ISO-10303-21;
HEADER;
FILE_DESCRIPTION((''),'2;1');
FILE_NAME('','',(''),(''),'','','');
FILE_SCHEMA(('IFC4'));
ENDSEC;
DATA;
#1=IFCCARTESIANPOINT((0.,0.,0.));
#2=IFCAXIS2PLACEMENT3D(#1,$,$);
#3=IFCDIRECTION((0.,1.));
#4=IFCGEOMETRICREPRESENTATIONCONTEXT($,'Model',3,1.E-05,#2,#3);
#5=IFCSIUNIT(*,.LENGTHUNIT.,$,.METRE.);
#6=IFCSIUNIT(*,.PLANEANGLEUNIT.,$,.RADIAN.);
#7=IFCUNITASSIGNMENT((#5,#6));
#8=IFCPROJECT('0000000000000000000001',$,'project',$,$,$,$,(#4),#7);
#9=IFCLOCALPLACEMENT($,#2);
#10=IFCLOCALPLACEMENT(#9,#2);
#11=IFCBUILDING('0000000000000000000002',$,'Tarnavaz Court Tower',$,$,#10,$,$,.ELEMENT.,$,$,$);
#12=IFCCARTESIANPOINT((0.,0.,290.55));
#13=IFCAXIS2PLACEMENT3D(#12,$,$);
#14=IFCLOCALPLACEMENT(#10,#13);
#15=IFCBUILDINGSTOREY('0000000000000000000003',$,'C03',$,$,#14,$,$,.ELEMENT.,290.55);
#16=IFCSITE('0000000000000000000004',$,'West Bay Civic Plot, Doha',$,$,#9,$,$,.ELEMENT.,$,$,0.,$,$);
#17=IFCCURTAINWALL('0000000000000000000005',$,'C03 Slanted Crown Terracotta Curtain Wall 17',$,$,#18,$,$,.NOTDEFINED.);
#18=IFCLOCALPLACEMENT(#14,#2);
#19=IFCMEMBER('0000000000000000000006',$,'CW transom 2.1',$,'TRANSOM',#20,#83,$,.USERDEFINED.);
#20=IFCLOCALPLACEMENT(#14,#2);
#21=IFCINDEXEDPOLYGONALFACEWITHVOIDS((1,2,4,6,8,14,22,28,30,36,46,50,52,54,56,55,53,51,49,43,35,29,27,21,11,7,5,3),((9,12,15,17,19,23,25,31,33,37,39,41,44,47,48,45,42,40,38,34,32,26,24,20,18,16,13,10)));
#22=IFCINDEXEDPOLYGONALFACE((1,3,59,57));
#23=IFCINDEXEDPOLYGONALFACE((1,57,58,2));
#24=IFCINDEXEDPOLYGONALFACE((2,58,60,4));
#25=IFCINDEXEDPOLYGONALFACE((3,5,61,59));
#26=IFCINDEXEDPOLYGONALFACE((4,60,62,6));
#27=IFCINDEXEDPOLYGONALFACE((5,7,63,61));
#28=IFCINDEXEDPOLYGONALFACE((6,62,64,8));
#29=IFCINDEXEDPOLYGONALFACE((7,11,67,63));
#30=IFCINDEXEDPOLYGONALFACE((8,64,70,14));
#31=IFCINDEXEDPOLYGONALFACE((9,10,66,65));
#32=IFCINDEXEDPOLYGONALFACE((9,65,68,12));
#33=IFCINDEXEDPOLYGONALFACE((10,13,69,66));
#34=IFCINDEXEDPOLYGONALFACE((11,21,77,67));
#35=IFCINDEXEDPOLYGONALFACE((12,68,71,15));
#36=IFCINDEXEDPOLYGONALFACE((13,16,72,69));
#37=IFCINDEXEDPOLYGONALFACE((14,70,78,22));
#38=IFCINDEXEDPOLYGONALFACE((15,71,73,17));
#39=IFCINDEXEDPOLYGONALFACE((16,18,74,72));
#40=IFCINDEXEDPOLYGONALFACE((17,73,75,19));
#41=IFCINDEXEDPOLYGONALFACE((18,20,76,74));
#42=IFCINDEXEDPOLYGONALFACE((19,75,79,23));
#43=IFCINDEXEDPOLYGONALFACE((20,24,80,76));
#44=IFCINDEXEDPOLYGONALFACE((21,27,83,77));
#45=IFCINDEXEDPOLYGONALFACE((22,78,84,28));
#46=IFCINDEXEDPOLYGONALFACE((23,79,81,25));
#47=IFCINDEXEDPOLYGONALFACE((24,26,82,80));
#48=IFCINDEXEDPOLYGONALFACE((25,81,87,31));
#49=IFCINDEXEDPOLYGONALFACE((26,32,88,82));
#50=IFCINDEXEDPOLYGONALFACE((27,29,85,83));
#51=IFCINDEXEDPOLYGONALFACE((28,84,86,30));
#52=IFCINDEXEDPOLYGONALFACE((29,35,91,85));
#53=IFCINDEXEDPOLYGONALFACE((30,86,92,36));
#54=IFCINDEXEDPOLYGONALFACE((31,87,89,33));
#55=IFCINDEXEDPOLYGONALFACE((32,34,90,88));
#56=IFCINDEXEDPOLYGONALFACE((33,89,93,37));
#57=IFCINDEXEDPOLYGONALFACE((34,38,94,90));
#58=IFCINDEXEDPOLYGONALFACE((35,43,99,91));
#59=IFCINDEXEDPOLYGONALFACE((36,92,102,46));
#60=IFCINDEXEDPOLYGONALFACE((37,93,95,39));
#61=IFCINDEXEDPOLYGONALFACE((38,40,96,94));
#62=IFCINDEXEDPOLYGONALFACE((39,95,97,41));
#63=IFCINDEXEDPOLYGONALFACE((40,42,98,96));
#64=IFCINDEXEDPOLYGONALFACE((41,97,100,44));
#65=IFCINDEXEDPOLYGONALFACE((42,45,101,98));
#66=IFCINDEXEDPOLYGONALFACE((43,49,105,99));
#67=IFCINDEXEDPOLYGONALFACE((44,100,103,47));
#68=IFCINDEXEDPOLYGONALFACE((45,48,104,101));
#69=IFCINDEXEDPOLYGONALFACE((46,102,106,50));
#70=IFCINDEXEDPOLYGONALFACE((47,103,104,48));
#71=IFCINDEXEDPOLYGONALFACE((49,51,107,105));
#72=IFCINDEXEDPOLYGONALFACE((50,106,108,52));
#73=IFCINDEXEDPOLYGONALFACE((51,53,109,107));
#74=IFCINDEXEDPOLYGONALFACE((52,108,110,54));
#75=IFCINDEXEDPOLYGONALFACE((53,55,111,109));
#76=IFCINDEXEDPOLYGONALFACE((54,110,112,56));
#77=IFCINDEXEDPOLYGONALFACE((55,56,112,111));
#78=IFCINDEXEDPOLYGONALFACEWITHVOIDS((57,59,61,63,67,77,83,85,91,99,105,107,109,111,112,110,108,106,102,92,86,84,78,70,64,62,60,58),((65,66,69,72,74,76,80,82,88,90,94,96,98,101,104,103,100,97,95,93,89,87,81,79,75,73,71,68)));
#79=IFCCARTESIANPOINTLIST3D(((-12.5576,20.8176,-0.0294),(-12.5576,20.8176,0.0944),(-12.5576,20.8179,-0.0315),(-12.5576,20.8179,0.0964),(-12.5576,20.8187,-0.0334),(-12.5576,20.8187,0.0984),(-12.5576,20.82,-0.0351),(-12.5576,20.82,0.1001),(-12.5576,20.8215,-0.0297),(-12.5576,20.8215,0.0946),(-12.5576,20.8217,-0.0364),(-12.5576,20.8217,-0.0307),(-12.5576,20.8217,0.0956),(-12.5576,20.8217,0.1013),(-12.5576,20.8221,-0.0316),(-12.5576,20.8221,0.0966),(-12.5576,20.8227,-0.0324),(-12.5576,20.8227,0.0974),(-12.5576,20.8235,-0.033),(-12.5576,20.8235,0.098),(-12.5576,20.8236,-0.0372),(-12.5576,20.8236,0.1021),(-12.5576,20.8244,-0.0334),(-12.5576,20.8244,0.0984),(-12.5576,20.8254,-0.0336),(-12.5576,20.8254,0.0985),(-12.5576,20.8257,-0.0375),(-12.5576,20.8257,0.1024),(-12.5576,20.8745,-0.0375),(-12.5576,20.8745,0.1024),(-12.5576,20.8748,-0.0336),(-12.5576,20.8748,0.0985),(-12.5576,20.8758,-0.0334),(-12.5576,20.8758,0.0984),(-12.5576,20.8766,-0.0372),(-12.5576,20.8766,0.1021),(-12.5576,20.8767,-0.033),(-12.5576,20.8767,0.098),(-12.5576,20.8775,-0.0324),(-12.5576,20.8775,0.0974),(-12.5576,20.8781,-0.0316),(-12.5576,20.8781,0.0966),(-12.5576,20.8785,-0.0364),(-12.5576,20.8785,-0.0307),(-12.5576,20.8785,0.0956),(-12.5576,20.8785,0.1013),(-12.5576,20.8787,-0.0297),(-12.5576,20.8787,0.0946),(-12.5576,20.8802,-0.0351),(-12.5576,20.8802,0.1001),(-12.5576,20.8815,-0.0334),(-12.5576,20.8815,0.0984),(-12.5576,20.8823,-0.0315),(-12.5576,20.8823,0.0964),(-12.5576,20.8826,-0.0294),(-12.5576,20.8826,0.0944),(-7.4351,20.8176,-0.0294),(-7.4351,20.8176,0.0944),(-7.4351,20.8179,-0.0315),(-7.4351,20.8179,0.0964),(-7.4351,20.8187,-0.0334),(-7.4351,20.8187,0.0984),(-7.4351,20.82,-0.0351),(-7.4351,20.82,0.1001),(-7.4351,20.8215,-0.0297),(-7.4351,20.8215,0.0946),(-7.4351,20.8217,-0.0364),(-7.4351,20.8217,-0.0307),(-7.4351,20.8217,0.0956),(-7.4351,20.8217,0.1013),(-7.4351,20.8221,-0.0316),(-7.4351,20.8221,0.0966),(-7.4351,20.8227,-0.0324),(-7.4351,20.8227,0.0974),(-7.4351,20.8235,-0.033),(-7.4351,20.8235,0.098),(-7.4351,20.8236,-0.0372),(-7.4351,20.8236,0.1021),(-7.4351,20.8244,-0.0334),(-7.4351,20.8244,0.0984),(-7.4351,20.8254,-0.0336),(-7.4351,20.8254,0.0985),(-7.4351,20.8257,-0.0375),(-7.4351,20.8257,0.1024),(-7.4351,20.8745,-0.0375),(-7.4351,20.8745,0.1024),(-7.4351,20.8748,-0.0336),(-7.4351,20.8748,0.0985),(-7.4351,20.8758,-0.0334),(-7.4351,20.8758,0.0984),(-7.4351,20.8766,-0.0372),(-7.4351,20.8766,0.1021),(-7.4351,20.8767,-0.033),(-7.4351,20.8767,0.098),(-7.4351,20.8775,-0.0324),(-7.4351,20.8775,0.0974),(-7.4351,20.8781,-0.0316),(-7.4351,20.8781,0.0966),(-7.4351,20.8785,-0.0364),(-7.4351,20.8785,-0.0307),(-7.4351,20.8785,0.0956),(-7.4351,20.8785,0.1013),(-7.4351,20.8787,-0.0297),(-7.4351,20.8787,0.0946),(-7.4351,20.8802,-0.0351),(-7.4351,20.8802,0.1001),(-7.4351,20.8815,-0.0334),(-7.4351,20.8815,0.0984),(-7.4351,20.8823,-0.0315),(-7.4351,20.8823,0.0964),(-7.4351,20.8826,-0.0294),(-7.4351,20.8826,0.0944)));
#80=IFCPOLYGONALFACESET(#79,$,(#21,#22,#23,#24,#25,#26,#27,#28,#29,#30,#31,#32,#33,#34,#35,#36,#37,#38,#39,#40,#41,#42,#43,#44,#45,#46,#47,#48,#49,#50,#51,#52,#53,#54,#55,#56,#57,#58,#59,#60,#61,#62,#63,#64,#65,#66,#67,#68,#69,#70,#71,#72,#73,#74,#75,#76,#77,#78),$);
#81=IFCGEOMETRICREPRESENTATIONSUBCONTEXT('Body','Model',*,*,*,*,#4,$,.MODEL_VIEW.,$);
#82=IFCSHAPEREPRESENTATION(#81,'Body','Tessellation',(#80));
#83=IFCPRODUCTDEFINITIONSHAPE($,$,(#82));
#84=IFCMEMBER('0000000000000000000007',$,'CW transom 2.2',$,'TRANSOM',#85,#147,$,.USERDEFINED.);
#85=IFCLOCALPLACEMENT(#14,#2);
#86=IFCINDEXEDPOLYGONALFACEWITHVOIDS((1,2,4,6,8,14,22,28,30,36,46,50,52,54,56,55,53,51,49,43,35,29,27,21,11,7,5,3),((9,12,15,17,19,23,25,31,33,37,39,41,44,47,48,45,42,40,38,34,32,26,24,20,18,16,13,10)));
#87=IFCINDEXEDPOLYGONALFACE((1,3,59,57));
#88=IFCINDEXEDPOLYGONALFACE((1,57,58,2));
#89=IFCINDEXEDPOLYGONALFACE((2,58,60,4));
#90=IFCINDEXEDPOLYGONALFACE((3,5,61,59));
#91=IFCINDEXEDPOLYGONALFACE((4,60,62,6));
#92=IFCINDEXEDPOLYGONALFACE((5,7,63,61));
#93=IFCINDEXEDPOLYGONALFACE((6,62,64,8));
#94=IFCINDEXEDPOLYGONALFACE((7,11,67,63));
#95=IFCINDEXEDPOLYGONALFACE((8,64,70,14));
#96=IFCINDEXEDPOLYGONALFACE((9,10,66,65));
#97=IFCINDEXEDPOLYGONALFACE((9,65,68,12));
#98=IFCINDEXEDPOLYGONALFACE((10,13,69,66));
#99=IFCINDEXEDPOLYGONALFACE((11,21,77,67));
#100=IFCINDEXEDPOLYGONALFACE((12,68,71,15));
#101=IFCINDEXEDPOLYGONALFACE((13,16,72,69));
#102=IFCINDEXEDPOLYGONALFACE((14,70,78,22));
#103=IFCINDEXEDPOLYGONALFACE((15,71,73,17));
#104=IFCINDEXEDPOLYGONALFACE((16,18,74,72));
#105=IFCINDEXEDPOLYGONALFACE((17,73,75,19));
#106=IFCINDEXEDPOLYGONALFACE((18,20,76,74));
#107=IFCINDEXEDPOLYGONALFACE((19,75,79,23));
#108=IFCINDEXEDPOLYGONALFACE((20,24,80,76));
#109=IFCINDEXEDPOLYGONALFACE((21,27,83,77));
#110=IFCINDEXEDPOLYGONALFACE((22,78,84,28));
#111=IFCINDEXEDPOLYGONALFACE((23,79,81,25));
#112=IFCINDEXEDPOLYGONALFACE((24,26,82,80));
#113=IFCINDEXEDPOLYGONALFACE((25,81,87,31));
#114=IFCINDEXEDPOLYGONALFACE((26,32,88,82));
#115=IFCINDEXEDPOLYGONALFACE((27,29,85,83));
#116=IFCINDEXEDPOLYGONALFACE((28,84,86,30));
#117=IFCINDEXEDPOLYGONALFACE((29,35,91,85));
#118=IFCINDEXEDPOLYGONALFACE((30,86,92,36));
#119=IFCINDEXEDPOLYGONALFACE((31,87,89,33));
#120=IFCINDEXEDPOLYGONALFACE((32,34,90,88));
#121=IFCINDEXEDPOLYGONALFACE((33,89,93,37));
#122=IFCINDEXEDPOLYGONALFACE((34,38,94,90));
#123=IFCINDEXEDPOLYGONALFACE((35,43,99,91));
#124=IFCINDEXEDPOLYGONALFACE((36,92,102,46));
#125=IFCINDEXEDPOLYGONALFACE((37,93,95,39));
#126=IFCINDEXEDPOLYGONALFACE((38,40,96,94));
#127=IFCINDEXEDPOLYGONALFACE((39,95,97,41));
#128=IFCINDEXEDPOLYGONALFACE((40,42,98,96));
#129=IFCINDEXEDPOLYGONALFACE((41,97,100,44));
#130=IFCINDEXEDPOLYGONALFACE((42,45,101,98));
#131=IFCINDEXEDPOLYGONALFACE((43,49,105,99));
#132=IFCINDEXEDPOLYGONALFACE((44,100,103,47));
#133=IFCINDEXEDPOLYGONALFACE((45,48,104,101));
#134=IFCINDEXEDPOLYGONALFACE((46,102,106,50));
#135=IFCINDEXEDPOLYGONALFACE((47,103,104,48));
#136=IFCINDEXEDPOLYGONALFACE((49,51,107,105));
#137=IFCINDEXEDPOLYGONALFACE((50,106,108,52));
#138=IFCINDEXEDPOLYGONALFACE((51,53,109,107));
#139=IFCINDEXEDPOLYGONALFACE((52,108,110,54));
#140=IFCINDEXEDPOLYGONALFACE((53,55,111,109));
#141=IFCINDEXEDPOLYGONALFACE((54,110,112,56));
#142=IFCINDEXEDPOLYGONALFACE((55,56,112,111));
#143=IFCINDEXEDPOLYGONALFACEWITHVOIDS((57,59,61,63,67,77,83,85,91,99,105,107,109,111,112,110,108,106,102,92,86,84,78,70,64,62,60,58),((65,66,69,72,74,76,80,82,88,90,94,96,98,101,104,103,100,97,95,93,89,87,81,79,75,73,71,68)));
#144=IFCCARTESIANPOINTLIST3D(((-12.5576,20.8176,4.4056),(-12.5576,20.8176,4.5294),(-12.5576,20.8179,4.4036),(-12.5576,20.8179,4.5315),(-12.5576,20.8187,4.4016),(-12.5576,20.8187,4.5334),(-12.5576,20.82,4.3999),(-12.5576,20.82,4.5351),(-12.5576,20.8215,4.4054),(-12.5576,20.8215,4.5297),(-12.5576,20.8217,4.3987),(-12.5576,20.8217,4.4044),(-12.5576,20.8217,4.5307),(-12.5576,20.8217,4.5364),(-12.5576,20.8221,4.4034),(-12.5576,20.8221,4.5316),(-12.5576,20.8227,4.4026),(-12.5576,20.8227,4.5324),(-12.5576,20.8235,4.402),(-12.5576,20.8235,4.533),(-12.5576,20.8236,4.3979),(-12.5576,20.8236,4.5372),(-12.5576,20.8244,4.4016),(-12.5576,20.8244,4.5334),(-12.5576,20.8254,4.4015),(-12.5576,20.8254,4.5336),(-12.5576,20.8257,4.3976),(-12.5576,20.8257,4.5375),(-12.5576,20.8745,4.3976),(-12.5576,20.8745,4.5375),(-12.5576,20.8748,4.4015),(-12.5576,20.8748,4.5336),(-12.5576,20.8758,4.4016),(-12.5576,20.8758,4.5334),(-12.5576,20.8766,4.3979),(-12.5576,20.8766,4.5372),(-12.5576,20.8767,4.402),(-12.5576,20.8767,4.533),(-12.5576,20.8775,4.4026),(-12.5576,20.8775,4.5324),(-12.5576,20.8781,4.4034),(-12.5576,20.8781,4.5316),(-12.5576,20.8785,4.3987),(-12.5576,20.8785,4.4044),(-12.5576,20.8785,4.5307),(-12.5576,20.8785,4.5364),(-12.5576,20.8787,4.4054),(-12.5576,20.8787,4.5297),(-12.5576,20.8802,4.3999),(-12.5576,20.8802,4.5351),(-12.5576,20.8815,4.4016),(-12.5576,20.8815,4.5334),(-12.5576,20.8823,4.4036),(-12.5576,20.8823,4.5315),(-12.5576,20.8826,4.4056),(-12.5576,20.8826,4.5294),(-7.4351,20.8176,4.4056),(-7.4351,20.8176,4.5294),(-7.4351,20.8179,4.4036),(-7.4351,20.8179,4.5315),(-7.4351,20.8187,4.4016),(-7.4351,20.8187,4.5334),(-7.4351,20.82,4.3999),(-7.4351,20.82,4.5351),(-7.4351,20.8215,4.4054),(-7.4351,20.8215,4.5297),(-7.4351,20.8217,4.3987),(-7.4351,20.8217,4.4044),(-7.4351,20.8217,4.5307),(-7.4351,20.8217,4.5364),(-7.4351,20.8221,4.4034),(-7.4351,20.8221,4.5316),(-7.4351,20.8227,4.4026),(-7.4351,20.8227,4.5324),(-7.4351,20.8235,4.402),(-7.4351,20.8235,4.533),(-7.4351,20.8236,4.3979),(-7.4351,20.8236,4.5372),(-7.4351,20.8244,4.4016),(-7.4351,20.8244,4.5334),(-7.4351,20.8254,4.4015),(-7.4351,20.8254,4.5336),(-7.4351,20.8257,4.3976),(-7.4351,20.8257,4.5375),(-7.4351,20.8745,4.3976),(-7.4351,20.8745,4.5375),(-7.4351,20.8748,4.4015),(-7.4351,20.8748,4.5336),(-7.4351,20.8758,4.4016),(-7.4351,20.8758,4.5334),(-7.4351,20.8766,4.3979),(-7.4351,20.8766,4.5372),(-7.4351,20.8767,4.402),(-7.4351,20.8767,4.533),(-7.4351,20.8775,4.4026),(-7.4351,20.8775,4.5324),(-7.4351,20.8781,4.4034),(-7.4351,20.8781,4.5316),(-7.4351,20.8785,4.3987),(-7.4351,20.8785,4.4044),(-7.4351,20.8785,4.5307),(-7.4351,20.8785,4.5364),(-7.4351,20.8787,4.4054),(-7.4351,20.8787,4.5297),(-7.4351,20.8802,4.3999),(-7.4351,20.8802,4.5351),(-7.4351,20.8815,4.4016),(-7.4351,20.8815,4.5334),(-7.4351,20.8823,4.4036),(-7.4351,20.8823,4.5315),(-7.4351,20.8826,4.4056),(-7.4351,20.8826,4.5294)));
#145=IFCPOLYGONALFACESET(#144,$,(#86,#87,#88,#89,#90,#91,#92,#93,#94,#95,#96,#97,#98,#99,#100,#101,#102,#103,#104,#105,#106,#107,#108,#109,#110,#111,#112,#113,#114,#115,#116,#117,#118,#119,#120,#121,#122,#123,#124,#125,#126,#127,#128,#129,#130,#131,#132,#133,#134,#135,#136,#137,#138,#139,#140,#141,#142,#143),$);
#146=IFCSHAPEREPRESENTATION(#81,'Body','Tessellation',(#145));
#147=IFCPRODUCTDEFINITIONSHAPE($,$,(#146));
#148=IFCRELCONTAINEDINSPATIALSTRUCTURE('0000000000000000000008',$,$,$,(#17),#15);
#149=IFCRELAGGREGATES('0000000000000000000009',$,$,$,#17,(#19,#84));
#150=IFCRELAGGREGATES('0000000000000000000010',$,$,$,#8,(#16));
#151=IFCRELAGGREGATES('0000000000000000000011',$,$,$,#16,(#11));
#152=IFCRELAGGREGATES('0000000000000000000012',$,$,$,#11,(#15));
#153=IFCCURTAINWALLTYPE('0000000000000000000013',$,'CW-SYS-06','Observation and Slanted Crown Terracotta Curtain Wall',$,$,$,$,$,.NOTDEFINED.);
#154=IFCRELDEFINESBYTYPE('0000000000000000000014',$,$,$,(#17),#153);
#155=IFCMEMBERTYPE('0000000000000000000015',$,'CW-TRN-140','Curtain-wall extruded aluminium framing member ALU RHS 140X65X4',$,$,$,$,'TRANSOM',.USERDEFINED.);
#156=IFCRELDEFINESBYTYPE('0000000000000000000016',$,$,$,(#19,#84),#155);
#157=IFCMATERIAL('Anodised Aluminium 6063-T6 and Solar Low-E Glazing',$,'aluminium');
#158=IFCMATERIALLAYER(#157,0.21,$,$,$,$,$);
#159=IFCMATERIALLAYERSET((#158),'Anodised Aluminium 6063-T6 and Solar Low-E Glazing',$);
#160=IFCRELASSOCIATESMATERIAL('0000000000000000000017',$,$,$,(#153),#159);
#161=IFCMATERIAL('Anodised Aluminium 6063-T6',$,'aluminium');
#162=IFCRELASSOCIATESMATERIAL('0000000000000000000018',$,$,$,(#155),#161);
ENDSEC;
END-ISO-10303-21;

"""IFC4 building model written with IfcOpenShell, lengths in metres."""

from ifc_helpers import new_model, si_unit, direction, frame, origin, origin_2d, place, context, subcontext, project, spatial, hollow_rectangle, extrude, material, layer, layer_set, material_profile, profile_set, type_object, element, aggregate, save


model = new_model("IFC4")

# Units and contexts
model_context = context("Model", 3, precision=1e-05, world=origin(), true_north=direction((0.0, 1.0)))
body_context = subcontext(model_context, "Body", "Model", "MODEL_VIEW")
ifc_project = project(units=[si_unit("LENGTHUNIT", "METRE"), si_unit("PLANEANGLEUNIT", "RADIAN")], contexts=[model_context])

# Site, building, storey
site_placement = place(None, origin())
site = spatial("IfcSite", under=ifc_project, at=site_placement, Name="West Bay Civic Plot, Doha", CompositionType="ELEMENT", RefElevation=0.0)
building_placement = place(site_placement, origin())
building = spatial("IfcBuilding", under=site, at=building_placement, Name="Tarnavaz Court Tower", CompositionType="ELEMENT")
storey_placement = place(building_placement, frame((0.0, 0.0, 290.55)))
storey = spatial("IfcBuildingStorey", under=building, at=storey_placement, Name="C03", CompositionType="ELEMENT", Elevation=290.55)

# Curtain wall
ifc_material_1 = material(Name="Anodised Aluminium 6063-T6 and Solar Low-E Glazing", Category="aluminium")
ifc_layer_1 = layer(ifc_material_1, 0.21)
ifc_layer_set_1 = layer_set([ifc_layer_1], Name="Anodised Aluminium 6063-T6 and Solar Low-E Glazing")
curtain_wall_type = type_object("IfcCurtainWallType", Name="CW-SYS-06", Description="Observation and Slanted Crown Terracotta Curtain Wall", PredefinedType="NOTDEFINED", material=ifc_layer_set_1)
ifc_material_2 = material(Name="Anodised Aluminium 6063-T6", Category="aluminium")
curtain_wall_1_placement = place(storey_placement, origin())
curtain_wall_1 = element("IfcCurtainWall", 1, at=curtain_wall_1_placement, inside=storey, type_object=curtain_wall_type, Name="C03 Slanted Crown Terracotta Curtain Wall 17", PredefinedType="NOTDEFINED")

# Members
ifc_material_profile_1 = material_profile(ifc_material_2, hollow_rectangle(XDim=0.0649, YDim=0.1399, WallThickness=0.0039, InnerFilletRadius=0.0039, OuterFilletRadius=0.0081, at=origin_2d()), Name="ALU RHS 140X65X4")
ifc_profile_set_1 = profile_set([ifc_material_profile_1], Name="Anodised Aluminium 6063-T6")
member_type_1 = type_object("IfcMemberType", Name="CW-TRN-140", Description="Curtain-wall extruded aluminium framing member ALU RHS 140X65X4", ElementType="TRANSOM", PredefinedType="USERDEFINED", material=ifc_profile_set_1)
member_1_placement = place(storey_placement, frame((-12.5576, 20.8501, 0.0325), z_axis=(1.0, 0.0, 0.0), x_axis=(0.0, 1.0, 0.0)))
member_1 = element("IfcMember", 2, at=member_1_placement, type_object=member_type_1, Name="CW transom 2.1", ObjectType="TRANSOM", PredefinedType="USERDEFINED", context=body_context, shape_type="SweptSolid", body=[
    extrude(hollow_rectangle(XDim=0.0649, YDim=0.1399, WallThickness=0.0039, InnerFilletRadius=0.0039, OuterFilletRadius=0.0081, at=origin_2d()), origin(), (0.0, 0.0, 1.0), 5.1226),
])
member_2_placement = place(storey_placement, frame((-12.5576, 20.8501, 4.4675), z_axis=(1.0, 0.0, 0.0), x_axis=(0.0, 1.0, 0.0)))
member_2 = element("IfcMember", 3, at=member_2_placement, type_object=member_type_1, Name="CW transom 2.2", ObjectType="TRANSOM", PredefinedType="USERDEFINED", context=body_context, shape_type="SweptSolid", body=[
    extrude(hollow_rectangle(XDim=0.0649, YDim=0.1399, WallThickness=0.0039, InnerFilletRadius=0.0039, OuterFilletRadius=0.0081, at=origin_2d()), origin(), (0.0, 0.0, 1.0), 5.1226),
])

aggregate(curtain_wall_1, [member_1, member_2])

save(model, "model.ifc")
